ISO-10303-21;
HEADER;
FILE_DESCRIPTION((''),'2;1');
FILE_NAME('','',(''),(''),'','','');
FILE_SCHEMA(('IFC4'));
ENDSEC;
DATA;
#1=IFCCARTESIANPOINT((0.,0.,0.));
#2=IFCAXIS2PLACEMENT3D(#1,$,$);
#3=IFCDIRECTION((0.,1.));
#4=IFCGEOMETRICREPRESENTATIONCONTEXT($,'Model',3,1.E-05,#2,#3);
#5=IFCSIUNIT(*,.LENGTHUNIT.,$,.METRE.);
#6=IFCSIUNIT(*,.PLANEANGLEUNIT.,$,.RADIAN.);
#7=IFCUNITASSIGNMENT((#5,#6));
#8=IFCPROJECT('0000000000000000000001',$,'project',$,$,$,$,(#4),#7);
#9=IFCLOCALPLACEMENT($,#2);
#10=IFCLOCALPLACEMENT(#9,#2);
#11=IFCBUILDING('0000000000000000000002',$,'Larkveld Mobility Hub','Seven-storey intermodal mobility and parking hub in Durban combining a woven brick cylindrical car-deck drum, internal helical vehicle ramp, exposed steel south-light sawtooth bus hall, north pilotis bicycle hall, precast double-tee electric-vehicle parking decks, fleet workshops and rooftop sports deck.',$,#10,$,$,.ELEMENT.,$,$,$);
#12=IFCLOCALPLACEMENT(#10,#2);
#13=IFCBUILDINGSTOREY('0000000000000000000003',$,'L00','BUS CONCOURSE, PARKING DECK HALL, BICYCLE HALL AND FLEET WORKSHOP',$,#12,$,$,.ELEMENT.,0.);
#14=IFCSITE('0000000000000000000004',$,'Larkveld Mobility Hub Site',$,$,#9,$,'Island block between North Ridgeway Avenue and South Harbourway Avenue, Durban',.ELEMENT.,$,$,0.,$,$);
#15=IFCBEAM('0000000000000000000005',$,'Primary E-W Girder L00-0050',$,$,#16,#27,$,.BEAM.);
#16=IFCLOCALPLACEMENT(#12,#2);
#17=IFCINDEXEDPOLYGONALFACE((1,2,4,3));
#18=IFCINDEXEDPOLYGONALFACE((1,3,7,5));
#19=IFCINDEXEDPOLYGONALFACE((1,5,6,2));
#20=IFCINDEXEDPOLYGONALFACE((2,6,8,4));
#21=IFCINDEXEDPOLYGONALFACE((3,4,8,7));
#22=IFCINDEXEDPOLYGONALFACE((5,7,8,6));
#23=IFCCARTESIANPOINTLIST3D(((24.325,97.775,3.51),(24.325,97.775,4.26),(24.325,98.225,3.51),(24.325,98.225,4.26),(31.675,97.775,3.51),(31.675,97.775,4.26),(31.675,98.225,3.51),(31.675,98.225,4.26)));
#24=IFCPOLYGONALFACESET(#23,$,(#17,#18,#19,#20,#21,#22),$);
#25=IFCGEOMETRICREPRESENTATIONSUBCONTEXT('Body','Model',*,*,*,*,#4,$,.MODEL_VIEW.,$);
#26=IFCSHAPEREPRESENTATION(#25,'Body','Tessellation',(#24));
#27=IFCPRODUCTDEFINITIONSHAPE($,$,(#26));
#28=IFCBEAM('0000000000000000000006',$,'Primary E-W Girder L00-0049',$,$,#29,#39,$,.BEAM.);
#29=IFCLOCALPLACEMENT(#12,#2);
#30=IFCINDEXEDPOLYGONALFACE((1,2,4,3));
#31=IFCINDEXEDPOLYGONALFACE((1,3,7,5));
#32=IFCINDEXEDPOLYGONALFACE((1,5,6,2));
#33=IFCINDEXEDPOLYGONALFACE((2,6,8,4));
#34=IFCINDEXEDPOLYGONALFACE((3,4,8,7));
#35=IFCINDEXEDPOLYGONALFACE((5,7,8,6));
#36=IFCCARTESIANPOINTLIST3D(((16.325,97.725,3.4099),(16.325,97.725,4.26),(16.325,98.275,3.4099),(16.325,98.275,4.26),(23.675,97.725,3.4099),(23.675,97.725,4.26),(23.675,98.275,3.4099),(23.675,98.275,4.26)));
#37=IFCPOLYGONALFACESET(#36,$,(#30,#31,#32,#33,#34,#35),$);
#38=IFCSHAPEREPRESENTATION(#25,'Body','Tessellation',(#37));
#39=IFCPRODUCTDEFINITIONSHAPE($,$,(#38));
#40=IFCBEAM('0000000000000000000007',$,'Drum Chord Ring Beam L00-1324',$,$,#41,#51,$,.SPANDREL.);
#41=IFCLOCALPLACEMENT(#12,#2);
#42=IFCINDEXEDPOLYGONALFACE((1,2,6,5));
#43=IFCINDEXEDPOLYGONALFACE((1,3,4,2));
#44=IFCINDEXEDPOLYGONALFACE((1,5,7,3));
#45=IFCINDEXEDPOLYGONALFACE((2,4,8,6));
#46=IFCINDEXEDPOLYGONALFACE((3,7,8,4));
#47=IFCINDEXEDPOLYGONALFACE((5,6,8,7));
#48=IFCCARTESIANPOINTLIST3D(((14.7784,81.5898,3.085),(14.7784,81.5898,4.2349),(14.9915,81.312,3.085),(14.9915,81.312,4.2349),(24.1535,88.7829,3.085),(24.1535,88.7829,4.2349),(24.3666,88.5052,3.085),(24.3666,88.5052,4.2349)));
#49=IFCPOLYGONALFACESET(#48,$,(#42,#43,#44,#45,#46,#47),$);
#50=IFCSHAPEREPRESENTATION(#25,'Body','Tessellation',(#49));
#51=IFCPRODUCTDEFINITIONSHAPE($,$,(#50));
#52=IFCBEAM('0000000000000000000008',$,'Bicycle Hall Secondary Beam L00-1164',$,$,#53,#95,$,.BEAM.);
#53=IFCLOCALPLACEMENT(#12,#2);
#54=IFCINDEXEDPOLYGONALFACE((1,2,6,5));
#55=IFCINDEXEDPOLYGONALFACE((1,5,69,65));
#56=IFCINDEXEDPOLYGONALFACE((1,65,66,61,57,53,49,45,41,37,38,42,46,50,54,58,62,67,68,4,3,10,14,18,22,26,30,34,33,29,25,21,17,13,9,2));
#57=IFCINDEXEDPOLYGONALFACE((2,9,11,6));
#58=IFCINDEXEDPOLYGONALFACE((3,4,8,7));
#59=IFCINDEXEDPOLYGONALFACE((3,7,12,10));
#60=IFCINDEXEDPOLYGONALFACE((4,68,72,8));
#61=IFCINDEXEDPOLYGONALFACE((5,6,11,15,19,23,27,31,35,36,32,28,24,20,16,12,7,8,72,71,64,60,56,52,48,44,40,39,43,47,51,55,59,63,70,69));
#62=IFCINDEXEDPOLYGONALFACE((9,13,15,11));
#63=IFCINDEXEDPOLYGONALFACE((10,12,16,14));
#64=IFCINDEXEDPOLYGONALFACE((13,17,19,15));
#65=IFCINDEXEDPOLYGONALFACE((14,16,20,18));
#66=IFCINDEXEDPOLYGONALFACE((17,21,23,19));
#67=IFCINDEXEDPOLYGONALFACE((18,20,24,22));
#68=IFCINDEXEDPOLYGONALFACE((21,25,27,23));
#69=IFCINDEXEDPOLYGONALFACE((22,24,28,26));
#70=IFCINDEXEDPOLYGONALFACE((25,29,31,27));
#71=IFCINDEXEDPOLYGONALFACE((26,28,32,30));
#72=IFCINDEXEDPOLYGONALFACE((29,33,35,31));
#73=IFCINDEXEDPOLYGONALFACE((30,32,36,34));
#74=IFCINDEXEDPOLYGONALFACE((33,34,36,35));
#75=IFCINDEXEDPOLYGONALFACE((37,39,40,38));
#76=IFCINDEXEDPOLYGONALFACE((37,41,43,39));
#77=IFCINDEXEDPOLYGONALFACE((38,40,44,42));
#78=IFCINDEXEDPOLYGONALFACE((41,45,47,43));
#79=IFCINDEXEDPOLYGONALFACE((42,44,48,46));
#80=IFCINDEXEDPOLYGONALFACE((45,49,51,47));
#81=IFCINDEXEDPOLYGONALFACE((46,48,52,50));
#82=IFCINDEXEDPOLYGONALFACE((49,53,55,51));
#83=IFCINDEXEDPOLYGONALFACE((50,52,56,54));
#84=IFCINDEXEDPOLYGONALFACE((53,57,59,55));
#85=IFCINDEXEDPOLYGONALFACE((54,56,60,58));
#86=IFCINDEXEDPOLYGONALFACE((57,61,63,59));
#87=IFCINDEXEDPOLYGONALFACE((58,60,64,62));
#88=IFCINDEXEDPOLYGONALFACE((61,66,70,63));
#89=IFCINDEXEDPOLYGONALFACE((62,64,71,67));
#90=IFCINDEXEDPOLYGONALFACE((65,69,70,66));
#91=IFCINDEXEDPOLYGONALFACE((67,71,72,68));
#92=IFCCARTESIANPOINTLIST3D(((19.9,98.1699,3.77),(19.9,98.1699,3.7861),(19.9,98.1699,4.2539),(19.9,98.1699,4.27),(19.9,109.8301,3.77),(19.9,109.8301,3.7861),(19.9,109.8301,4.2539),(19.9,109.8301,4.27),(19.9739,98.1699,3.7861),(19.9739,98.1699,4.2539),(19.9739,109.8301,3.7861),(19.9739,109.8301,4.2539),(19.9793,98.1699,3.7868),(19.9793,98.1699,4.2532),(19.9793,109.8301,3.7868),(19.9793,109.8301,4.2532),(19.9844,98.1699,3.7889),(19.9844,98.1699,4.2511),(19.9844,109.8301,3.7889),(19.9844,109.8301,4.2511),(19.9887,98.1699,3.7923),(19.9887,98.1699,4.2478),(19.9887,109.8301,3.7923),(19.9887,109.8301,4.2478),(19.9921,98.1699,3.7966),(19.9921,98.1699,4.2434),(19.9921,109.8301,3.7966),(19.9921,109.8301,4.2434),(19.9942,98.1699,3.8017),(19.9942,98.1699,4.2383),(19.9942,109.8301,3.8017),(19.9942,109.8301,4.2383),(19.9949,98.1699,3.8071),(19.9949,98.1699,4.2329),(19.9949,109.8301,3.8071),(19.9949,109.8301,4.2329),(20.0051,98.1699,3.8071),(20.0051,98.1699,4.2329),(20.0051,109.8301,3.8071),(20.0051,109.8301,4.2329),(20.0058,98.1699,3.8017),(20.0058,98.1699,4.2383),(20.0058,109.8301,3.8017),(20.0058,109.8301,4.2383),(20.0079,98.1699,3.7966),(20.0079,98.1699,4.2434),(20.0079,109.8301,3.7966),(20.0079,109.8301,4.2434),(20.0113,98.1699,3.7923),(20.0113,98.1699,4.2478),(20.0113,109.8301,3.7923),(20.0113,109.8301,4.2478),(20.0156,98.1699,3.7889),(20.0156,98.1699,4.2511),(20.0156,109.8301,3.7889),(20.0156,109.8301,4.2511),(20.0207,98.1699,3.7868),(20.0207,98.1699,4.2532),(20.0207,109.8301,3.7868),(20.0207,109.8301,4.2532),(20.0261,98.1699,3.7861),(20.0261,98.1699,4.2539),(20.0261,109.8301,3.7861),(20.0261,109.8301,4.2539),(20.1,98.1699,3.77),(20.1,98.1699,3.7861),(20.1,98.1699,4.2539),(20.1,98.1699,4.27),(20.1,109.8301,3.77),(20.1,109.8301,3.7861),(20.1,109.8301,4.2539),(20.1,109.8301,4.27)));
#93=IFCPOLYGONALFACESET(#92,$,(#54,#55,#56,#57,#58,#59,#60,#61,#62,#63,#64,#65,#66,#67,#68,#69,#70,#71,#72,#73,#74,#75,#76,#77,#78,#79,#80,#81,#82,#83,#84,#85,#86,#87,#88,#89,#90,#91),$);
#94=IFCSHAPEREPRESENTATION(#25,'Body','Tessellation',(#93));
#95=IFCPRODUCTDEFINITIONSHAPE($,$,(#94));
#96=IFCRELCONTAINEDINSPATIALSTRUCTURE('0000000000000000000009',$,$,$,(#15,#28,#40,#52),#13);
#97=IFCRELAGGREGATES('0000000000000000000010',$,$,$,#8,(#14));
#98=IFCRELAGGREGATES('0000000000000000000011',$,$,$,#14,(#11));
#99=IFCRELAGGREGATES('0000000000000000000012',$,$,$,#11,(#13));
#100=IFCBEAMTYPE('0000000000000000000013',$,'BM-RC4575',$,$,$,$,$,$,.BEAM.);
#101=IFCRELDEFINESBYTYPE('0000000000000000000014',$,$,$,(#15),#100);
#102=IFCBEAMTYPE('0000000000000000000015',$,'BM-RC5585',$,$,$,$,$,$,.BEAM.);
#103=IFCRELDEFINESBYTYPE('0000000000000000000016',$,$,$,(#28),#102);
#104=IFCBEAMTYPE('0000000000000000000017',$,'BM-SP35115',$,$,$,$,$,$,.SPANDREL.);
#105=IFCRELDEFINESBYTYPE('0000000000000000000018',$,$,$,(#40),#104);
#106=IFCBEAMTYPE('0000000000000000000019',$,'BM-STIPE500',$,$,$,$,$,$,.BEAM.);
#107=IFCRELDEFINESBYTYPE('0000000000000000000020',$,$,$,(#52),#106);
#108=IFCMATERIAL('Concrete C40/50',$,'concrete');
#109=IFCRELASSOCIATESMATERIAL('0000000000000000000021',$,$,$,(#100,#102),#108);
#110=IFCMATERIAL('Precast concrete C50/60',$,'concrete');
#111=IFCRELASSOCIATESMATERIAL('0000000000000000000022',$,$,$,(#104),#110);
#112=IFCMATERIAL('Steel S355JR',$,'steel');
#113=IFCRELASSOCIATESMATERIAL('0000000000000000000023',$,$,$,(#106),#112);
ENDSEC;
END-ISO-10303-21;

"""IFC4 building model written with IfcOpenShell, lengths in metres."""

from ifc_helpers import new_model, si_unit, direction, frame, origin, origin_2d, place, context, subcontext, project, spatial, rectangle, i_section, extrude, material, material_profile, profile_set, type_object, element, save


model = new_model("IFC4")

# Units and contexts
model_context = context("Model", 3, precision=1e-05, world=origin(), true_north=direction((0.0, 1.0)))
body_context = subcontext(model_context, "Body", "Model", "MODEL_VIEW")
ifc_project = project(units=[si_unit("LENGTHUNIT", "METRE"), si_unit("PLANEANGLEUNIT", "RADIAN")], contexts=[model_context])

# Site, building, storey
site_placement = place(None, origin())
site = spatial("IfcSite", under=ifc_project, at=site_placement, Name="Larkveld Mobility Hub Site", LongName="Island block between North Ridgeway Avenue and South Harbourway Avenue, Durban", CompositionType="ELEMENT", RefElevation=0.0)
building_placement = place(site_placement, origin())
building = spatial("IfcBuilding", under=site, at=building_placement, Name="Larkveld Mobility Hub", Description="Seven-storey intermodal mobility and parking hub in Durban combining a woven brick cylindrical car-deck drum, internal helical vehicle ramp, exposed steel south-light sawtooth bus hall, north pilotis bicycle hall, precast double-tee electric-vehicle parking decks, fleet workshops and rooftop sports deck.", CompositionType="ELEMENT")
storey_placement = place(building_placement, origin())
storey = spatial("IfcBuildingStorey", under=building, at=storey_placement, Name="L00", Description="BUS CONCOURSE, PARKING DECK HALL, BICYCLE HALL AND FLEET WORKSHOP", CompositionType="ELEMENT", Elevation=0.0)

# Shared definitions
ifc_material_1 = material(Name="Concrete C40/50", Category="concrete")

# Beams
ifc_material_profile_1 = material_profile(ifc_material_1, rectangle(XDim=0.45, YDim=0.75, at=origin_2d()), Name="RC BM 450x750")
ifc_profile_set_1 = profile_set([ifc_material_profile_1], Name="Concrete C40/50")
beam_type_1 = type_object("IfcBeamType", Name="BM-RC4575", PredefinedType="BEAM", material=ifc_profile_set_1)
beam_1_placement = place(storey_placement, frame((24.325, 98.0, 3.885), z_axis=(1.0, 0.0, 0.0), x_axis=(0.0, 1.0, 0.0)))
element("IfcBeam", 1, at=beam_1_placement, inside=storey, type_object=beam_type_1, Name="Primary E-W Girder L00-0050", PredefinedType="BEAM", context=body_context, shape_type="SweptSolid", body=[
    extrude(rectangle(XDim=0.45, YDim=0.75, at=origin_2d()), origin(), (0.0, 0.0, 1.0), 7.3501),
])
ifc_material_profile_2 = material_profile(ifc_material_1, rectangle(XDim=0.55, YDim=0.8501, at=origin_2d()), Name="RC BM 550x850")
ifc_profile_set_2 = profile_set([ifc_material_profile_2], Name="Concrete C40/50")
beam_type_2 = type_object("IfcBeamType", Name="BM-RC5585", PredefinedType="BEAM", material=ifc_profile_set_2)
beam_2_placement = place(storey_placement, frame((16.325, 98.0, 3.835), z_axis=(1.0, 0.0, 0.0), x_axis=(0.0, 1.0, 0.0)))
element("IfcBeam", 2, at=beam_2_placement, inside=storey, type_object=beam_type_2, Name="Primary E-W Girder L00-0049", PredefinedType="BEAM", context=body_context, shape_type="SweptSolid", body=[
    extrude(rectangle(XDim=0.55, YDim=0.8501, at=origin_2d()), origin(), (0.0, 0.0, 1.0), 7.3501),
])
ifc_material_2 = material(Name="Precast concrete C50/60", Category="concrete")
ifc_material_profile_3 = material_profile(ifc_material_2, rectangle(XDim=0.3501, YDim=1.1499, at=origin_2d()), Name="PC SP 350x1150")
ifc_profile_set_3 = profile_set([ifc_material_profile_3], Name="Precast concrete C50/60")
beam_type_3 = type_object("IfcBeamType", Name="BM-SP35115", PredefinedType="SPANDREL", material=ifc_profile_set_3)
beam_3_placement = place(storey_placement, frame((24.26, 88.644, 3.6599), z_axis=(-0.793377, -0.608731, 0.0), x_axis=(0.608731, -0.793377, 0.0)))
element("IfcBeam", 3, at=beam_3_placement, inside=storey, type_object=beam_type_3, Name="Drum Chord Ring Beam L00-1324", PredefinedType="SPANDREL", context=body_context, shape_type="SweptSolid", body=[
    extrude(rectangle(XDim=0.3501, YDim=1.1499, at=origin_2d()), origin(), (0.0, 0.0, 1.0), 11.8167),
])
ifc_material_3 = material(Name="Steel S355JR", Category="steel")
ifc_material_profile_4 = material_profile(ifc_material_3, i_section(OverallWidth=0.2, OverallDepth=0.5, WebThickness=0.0103, FlangeThickness=0.0161, FilletRadius=0.021, at=origin_2d()), Name="IPE 500")
ifc_profile_set_4 = profile_set([ifc_material_profile_4], Name="Steel S355JR")
beam_type_4 = type_object("IfcBeamType", Name="BM-STIPE500", PredefinedType="BEAM", material=ifc_profile_set_4)
beam_4_placement = place(storey_placement, frame((20.0, 98.1699, 4.02), z_axis=(0.0, 1.0, 0.0), x_axis=(-1.0, 0.0, 0.0)))
element("IfcBeam", 4, at=beam_4_placement, inside=storey, type_object=beam_type_4, Name="Bicycle Hall Secondary Beam L00-1164", PredefinedType="BEAM", context=body_context, shape_type="SweptSolid", body=[
    extrude(i_section(OverallWidth=0.2, OverallDepth=0.5, WebThickness=0.0103, FlangeThickness=0.0161, FilletRadius=0.021, at=origin_2d()), origin(), (0.0, 0.0, 1.0), 11.6602),
])

save(model, "model.ifc")
